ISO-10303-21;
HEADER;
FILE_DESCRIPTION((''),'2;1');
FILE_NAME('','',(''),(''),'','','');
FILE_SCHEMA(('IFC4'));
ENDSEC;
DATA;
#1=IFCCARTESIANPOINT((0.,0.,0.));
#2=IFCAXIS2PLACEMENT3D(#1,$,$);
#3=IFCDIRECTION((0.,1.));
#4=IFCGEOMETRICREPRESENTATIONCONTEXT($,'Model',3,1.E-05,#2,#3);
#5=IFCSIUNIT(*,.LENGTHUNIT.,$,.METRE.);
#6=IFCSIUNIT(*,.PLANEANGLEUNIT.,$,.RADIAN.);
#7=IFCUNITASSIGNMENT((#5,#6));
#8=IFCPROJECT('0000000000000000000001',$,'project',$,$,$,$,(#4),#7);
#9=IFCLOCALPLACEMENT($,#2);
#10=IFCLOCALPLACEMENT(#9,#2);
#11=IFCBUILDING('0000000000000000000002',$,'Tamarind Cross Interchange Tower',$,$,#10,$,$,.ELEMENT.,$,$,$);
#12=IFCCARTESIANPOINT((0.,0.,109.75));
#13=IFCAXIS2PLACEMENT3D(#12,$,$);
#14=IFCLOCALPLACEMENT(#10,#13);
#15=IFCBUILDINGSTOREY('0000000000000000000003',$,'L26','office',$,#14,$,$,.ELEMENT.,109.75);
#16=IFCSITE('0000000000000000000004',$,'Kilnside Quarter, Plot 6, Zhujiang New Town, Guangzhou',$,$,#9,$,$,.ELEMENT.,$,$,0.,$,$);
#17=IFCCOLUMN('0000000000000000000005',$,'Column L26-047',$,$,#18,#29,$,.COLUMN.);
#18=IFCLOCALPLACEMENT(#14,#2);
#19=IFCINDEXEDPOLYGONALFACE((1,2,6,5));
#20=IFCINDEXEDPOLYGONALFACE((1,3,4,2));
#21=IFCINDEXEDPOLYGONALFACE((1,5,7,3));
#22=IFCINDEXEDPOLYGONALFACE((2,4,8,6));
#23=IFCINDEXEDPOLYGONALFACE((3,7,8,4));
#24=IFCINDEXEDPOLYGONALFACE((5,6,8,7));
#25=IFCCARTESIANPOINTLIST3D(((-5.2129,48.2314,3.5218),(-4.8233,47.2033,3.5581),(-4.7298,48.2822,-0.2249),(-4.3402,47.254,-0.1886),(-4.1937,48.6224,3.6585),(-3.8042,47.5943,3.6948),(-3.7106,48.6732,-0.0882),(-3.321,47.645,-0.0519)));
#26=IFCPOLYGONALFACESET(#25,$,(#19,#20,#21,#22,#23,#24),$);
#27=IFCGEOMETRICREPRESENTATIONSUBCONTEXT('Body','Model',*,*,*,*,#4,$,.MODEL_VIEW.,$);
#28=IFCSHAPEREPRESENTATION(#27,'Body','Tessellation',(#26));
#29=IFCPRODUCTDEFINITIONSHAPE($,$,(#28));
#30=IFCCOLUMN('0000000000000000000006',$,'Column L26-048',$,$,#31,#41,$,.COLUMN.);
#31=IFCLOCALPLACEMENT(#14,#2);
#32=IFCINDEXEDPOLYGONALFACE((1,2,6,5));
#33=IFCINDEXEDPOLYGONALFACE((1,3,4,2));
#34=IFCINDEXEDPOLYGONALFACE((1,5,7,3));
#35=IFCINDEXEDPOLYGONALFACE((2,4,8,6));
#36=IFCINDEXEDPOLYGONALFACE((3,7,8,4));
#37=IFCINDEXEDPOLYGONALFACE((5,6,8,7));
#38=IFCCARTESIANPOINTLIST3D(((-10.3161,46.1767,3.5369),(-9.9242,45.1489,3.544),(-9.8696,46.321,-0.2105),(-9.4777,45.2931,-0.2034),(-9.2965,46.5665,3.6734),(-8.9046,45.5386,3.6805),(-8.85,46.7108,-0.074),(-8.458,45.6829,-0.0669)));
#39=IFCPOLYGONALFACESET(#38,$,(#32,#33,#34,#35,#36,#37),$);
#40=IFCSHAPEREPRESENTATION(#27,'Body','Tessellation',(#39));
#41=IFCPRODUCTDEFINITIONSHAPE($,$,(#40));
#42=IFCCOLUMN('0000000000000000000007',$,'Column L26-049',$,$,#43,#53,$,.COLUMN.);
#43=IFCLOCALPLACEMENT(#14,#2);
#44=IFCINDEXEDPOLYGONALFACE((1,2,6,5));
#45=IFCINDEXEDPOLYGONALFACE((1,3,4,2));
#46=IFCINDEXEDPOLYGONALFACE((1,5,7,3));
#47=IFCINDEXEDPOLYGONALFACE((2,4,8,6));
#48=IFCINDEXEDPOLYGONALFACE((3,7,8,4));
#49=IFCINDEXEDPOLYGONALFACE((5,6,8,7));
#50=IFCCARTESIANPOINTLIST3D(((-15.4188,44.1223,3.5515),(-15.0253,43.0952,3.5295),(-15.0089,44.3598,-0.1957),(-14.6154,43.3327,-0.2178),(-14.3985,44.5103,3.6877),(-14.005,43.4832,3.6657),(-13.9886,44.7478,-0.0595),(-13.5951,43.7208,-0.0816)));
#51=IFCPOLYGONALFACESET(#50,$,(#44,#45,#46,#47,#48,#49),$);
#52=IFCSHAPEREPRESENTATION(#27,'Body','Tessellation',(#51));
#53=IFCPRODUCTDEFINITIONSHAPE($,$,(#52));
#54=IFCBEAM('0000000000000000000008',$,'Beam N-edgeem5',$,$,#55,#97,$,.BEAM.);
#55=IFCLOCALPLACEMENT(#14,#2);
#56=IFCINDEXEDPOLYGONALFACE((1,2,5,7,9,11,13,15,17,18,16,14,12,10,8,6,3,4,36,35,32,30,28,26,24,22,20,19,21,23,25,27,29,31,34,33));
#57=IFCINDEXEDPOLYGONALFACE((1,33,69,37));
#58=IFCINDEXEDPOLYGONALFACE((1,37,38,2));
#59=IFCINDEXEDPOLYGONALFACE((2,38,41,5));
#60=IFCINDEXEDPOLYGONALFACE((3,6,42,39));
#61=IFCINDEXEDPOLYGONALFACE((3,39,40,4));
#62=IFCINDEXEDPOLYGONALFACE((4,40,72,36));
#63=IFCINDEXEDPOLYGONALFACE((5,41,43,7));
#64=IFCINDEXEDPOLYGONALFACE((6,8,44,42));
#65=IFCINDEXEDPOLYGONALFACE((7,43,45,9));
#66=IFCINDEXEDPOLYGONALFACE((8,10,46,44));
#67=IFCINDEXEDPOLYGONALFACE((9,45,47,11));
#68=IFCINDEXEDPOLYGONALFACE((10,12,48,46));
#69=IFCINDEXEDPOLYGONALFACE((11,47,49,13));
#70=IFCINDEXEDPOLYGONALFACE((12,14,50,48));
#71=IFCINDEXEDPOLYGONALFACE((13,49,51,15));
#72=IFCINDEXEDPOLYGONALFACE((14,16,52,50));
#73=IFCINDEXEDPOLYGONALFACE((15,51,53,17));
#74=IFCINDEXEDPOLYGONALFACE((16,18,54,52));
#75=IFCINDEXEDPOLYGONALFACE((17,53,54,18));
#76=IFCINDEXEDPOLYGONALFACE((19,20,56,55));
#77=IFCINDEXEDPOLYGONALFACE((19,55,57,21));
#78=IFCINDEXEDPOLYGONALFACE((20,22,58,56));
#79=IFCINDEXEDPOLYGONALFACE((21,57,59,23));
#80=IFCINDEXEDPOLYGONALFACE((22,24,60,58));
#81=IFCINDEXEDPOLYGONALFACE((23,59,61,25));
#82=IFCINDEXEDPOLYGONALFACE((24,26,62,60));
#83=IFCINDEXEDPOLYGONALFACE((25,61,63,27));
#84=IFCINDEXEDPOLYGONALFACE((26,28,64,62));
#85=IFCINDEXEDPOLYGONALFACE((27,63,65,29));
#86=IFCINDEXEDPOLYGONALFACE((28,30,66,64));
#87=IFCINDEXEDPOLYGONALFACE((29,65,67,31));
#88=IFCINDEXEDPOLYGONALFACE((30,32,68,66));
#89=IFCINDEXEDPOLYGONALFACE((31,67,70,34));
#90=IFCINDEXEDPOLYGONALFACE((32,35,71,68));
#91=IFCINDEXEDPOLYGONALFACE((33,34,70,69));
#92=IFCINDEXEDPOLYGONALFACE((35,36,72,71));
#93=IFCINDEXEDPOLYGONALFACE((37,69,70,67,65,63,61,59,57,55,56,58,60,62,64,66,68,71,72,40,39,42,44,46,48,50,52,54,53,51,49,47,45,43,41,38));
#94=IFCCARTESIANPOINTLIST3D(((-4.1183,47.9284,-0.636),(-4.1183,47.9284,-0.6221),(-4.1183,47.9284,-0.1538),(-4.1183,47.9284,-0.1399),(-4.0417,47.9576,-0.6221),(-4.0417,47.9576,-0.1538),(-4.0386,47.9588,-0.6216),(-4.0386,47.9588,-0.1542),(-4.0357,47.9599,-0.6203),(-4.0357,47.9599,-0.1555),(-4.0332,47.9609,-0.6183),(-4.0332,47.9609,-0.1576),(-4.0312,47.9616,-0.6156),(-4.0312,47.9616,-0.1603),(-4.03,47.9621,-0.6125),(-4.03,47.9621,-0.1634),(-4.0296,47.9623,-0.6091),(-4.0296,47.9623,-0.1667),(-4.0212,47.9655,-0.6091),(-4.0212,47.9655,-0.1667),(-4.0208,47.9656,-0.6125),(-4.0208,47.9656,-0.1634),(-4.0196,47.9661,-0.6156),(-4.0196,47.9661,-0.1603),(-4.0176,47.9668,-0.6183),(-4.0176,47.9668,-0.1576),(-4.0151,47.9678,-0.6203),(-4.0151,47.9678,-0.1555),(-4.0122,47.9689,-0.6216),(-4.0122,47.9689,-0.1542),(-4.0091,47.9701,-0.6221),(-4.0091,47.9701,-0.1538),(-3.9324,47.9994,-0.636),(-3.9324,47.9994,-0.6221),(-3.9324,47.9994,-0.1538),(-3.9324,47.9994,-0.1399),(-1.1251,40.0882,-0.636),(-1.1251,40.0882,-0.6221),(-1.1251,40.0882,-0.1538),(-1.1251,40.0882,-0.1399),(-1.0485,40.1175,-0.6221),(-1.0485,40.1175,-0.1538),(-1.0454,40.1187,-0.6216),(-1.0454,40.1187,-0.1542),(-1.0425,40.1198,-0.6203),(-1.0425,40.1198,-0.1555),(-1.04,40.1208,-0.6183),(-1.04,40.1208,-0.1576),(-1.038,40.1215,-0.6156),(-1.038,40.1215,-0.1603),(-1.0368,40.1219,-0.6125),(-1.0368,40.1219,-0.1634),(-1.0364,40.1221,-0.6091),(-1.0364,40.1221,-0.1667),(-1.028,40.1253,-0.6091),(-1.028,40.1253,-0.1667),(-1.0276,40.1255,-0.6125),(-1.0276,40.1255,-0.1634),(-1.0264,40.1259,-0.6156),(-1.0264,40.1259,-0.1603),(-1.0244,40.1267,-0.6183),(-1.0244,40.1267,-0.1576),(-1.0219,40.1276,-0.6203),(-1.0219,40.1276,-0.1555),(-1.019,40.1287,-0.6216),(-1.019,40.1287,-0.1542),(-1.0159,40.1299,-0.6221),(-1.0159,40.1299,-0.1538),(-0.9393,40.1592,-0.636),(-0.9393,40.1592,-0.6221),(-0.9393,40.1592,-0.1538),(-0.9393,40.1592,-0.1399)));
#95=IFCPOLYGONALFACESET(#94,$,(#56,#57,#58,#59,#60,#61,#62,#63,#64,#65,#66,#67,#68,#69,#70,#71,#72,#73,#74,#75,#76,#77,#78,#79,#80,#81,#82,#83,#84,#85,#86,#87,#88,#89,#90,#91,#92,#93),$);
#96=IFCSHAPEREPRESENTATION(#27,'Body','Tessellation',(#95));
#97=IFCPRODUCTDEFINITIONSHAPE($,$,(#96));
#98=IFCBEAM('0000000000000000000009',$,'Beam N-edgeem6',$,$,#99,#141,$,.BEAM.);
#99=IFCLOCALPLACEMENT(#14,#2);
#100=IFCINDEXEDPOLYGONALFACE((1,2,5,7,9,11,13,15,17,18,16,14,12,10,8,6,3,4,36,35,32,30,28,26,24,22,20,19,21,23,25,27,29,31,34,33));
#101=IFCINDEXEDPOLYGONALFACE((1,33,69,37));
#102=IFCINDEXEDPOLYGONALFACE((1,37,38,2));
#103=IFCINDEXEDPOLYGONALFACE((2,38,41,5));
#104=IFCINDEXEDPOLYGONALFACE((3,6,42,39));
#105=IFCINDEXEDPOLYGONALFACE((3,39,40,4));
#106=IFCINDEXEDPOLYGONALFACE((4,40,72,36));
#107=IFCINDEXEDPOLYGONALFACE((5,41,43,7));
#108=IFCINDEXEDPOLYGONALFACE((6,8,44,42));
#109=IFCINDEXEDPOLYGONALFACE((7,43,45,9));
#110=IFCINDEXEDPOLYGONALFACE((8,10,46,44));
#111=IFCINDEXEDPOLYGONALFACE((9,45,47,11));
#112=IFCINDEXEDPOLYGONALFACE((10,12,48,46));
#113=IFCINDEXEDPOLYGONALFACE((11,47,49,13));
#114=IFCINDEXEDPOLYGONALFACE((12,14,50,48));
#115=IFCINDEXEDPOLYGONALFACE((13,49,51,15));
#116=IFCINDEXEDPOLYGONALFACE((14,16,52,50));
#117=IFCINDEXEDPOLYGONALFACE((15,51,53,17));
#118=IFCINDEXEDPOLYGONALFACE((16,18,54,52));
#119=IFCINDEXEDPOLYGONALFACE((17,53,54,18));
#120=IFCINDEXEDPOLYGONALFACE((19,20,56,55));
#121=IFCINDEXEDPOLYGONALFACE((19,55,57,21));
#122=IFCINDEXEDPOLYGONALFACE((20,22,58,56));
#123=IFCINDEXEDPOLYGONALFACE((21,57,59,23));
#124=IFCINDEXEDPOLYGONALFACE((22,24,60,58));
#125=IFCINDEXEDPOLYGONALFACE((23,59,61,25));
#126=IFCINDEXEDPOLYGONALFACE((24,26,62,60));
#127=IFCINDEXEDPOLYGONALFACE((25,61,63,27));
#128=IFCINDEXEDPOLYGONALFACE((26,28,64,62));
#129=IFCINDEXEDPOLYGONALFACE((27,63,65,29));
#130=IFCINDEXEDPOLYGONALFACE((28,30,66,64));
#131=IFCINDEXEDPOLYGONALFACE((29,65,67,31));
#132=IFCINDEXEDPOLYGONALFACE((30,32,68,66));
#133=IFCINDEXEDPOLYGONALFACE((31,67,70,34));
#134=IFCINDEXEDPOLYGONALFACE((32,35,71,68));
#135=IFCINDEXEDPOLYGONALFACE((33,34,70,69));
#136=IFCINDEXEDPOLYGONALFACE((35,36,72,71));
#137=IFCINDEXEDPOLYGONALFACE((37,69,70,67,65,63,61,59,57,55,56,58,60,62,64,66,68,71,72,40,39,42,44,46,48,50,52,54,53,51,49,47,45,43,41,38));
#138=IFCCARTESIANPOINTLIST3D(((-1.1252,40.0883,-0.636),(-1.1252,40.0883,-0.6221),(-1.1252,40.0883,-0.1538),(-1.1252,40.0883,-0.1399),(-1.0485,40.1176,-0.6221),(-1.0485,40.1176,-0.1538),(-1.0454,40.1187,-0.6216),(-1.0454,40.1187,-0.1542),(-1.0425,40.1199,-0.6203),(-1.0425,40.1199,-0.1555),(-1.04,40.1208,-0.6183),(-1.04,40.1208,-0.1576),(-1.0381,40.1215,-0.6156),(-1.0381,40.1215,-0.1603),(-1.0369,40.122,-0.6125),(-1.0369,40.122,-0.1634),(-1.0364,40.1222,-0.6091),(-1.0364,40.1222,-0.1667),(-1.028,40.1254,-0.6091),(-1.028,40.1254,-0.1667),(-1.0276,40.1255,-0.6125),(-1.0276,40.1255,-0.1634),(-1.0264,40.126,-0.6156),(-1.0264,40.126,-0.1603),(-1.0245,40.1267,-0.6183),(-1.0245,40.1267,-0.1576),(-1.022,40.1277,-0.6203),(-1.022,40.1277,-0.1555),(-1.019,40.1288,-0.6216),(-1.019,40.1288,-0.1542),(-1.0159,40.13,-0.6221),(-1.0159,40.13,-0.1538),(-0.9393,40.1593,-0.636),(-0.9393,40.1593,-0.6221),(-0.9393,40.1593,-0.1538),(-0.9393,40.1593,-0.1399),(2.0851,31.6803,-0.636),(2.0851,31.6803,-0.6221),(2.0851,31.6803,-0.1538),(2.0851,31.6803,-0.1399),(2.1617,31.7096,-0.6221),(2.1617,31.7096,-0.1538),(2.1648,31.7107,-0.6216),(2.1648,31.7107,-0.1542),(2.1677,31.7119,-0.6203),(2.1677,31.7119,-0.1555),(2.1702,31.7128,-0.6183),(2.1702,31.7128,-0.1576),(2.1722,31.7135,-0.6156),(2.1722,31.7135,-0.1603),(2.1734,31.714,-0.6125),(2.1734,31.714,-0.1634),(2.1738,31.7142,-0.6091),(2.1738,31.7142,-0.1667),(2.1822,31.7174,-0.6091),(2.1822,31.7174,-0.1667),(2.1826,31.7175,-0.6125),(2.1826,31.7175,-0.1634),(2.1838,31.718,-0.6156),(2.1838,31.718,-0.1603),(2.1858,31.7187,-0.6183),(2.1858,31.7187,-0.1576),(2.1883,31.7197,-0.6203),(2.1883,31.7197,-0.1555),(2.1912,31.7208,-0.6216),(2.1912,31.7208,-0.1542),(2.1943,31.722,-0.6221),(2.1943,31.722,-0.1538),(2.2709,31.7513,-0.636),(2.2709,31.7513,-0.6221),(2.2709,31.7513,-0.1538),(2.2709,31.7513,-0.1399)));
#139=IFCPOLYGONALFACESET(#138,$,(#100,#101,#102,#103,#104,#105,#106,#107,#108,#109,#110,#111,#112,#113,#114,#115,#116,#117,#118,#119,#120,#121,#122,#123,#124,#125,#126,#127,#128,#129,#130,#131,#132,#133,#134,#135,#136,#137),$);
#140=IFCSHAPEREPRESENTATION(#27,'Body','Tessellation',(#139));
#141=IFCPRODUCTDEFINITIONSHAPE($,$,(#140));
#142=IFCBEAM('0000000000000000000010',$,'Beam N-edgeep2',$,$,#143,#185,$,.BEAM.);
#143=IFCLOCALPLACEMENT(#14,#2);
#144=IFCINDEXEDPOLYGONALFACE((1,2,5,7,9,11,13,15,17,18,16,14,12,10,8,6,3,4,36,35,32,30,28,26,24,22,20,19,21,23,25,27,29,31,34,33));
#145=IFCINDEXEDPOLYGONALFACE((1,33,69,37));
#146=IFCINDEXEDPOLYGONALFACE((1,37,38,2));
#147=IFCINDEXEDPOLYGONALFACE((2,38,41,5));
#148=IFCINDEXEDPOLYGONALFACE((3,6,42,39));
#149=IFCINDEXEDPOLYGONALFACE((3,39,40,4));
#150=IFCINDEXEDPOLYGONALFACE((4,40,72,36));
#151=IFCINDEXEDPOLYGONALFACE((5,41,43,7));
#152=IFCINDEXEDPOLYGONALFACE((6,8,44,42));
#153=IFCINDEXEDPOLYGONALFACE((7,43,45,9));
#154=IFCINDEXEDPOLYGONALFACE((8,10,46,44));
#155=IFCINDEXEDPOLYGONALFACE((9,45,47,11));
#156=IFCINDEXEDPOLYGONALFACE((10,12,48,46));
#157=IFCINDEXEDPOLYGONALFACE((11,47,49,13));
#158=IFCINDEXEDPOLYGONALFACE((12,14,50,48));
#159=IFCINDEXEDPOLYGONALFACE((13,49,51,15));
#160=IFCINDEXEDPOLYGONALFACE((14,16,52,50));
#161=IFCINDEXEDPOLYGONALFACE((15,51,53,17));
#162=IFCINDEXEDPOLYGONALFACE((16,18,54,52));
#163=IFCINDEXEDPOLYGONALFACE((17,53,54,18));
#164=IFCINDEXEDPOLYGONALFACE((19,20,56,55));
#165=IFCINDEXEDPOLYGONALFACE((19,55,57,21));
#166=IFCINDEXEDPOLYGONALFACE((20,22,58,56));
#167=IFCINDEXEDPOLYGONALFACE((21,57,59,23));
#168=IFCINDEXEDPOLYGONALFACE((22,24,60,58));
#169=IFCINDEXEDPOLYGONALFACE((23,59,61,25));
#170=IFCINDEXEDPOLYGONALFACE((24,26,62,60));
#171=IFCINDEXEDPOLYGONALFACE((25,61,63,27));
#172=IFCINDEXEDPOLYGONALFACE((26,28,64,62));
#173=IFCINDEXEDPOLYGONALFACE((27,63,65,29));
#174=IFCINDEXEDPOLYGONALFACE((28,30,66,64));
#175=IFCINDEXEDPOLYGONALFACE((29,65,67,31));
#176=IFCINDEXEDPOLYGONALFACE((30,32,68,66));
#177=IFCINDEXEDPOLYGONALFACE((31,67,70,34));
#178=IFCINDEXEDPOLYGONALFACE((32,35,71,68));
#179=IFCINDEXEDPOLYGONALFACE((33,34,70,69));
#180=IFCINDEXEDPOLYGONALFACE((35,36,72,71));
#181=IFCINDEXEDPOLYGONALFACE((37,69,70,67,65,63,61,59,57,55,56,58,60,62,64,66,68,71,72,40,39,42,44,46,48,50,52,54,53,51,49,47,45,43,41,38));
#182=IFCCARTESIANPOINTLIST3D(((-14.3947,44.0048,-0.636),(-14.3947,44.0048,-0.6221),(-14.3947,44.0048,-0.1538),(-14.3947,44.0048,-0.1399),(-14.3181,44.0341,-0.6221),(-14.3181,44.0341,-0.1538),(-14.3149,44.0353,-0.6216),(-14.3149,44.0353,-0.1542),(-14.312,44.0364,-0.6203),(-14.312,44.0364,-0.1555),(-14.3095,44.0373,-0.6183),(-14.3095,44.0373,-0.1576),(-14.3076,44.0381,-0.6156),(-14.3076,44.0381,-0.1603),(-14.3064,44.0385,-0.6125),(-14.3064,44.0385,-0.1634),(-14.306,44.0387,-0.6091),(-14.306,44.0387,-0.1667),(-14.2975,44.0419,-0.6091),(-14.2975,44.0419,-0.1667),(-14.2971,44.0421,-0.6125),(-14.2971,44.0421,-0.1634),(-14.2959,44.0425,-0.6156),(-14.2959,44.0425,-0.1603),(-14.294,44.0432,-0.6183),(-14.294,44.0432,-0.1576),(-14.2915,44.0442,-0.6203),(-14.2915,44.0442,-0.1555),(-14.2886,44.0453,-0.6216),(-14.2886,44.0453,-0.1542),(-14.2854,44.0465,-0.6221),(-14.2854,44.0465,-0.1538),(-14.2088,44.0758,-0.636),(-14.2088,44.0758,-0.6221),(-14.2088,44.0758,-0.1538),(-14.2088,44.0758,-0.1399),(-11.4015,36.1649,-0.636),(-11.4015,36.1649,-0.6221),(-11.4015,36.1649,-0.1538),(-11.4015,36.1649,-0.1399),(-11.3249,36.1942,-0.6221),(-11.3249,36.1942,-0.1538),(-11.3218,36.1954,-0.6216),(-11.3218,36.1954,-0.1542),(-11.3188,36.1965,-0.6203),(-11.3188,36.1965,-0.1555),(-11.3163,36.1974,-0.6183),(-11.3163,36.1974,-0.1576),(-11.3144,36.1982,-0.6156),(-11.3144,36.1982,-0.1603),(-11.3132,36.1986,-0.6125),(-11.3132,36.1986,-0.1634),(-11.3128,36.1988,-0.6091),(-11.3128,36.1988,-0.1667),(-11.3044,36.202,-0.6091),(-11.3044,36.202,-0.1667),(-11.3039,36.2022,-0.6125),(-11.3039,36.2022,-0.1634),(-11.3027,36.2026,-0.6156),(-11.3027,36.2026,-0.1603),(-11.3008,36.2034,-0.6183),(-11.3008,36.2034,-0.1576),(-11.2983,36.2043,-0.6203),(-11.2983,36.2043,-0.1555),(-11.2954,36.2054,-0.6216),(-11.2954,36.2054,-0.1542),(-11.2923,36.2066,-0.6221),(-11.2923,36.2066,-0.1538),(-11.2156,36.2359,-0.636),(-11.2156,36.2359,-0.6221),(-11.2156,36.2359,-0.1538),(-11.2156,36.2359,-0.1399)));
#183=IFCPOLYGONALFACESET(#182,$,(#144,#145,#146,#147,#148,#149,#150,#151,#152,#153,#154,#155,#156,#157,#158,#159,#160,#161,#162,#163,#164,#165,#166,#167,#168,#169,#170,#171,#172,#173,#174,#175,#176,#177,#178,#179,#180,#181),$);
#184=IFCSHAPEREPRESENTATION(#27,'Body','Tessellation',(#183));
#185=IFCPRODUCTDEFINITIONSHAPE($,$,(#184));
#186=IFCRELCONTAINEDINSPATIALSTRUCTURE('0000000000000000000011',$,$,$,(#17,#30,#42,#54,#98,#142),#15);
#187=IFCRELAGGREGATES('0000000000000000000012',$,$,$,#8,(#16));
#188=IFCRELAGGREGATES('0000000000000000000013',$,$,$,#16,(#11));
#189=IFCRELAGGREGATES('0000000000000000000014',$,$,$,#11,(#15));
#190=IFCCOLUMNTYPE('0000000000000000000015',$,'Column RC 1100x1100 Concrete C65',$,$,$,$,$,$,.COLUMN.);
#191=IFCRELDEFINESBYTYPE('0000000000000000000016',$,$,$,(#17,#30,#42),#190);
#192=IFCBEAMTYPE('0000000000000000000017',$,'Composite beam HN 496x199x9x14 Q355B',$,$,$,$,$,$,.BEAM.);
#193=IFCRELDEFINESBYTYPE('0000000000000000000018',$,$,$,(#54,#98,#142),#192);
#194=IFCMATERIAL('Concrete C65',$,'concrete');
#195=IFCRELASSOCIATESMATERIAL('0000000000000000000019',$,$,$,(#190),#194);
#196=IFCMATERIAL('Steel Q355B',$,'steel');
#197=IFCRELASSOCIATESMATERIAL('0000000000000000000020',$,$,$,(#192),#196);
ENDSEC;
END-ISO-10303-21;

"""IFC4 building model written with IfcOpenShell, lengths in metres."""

from ifc_helpers import new_model, si_unit, direction, frame, origin, origin_2d, place, context, subcontext, project, spatial, rectangle, i_section, extrude, material, material_profile, profile_set, type_object, element, save


model = new_model("IFC4")

# Units and contexts
model_context = context("Model", 3, precision=1e-05, world=origin(), true_north=direction((0.0, 1.0)))
body_context = subcontext(model_context, "Body", "Model", "MODEL_VIEW")
ifc_project = project(units=[si_unit("LENGTHUNIT", "METRE"), si_unit("PLANEANGLEUNIT", "RADIAN")], contexts=[model_context])

# Site, building, storey
site_placement = place(None, origin())
site = spatial("IfcSite", under=ifc_project, at=site_placement, Name="Kilnside Quarter, Plot 6, Zhujiang New Town, Guangzhou", CompositionType="ELEMENT", RefElevation=0.0)
building_placement = place(site_placement, origin())
building = spatial("IfcBuilding", under=site, at=building_placement, Name="Tamarind Cross Interchange Tower", CompositionType="ELEMENT")
storey_placement = place(building_placement, frame((0.0, 0.0, 109.75)))
storey = spatial("IfcBuildingStorey", under=building, at=storey_placement, Name="L26", Description="office", CompositionType="ELEMENT", Elevation=109.75)

# Columns
ifc_material_1 = material(Name="Concrete C65", Category="concrete")
ifc_material_profile_1 = material_profile(ifc_material_1, rectangle(XDim=1.1001, YDim=1.1001, at=origin_2d()), Name="RC 1100x1100")
ifc_profile_set_1 = profile_set([ifc_material_profile_1], Name="Concrete C65")
column_type = type_object("IfcColumnType", Name="Column RC 1100x1100 Concrete C65", PredefinedType="COLUMN", material=ifc_profile_set_1)
column_1_placement = place(storey_placement, frame((-4.0254, 47.9636, -0.1384), z_axis=(-0.12788, -0.013441, 0.991699), x_axis=(0.354131, -0.934613, 0.032998)))
element("IfcColumn", 1, at=column_1_placement, inside=storey, type_object=column_type, Name="Column L26-047", PredefinedType="COLUMN", context=body_context, shape_type="SweptSolid", body=[
    extrude(rectangle(XDim=1.1001, YDim=1.1001, at=origin_2d()), origin(), (0.0, 0.0, 1.0), 3.7781),
])
column_2_placement = place(storey_placement, frame((-9.1638, 46.002, -0.1387), z_axis=(-0.118237, -0.038206, 0.99225), x_axis=(0.356277, -0.934358, 0.006478)))
element("IfcColumn", 2, at=column_2_placement, inside=storey, type_object=column_type, Name="Column L26-048", PredefinedType="COLUMN", context=body_context, shape_type="SweptSolid", body=[
    extrude(rectangle(XDim=1.1001, YDim=1.1001, at=origin_2d()), origin(), (0.0, 0.0, 1.0), 3.7766),
])
column_3_placement = place(storey_placement, frame((-14.302, 44.0403, -0.1387), z_axis=(-0.108524, -0.062891, 0.992102), x_axis=(0.927499, 0.352725, 0.123817)))
element("IfcColumn", 3, at=column_3_placement, inside=storey, type_object=column_type, Name="Column L26-049", PredefinedType="COLUMN", context=body_context, shape_type="SweptSolid", body=[
    extrude(rectangle(XDim=1.1001, YDim=1.1001, at=origin_2d()), origin(), (0.0, 0.0, 1.0), 3.7771),
])

# Beams
ifc_material_2 = material(Name="Steel Q355B", Category="steel")
ifc_material_profile_2 = material_profile(ifc_material_2, i_section(OverallWidth=0.199, OverallDepth=0.4961, WebThickness=0.009, FlangeThickness=0.0139, FilletRadius=0.0129, at=origin_2d()), Name="HN 496x199x9x14")
ifc_profile_set_2 = profile_set([ifc_material_profile_2], Name="Steel Q355B")
beam_type_1 = type_object("IfcBeamType", Name="Composite beam HN 496x199x9x14 Q355B", PredefinedType="BEAM", material=ifc_profile_set_2)
beam_1_placement = place(storey_placement, frame((-4.0254, 47.9639, -0.3879), z_axis=(0.356668, -0.934231, 0.0), x_axis=(0.934231, 0.356668, 0.0)))
element("IfcBeam", 4, at=beam_1_placement, inside=storey, type_object=beam_type_1, Name="Beam N-edgeem5", PredefinedType="BEAM", context=body_context, shape_type="SweptSolid", body=[
    extrude(i_section(OverallWidth=0.199, OverallDepth=0.4961, WebThickness=0.009, FlangeThickness=0.0139, FilletRadius=0.0129, at=origin_2d()), origin(), (0.0, 0.0, 1.0), 8.3921),
])
beam_2_placement = place(storey_placement, frame((-1.0322, 40.1238, -0.3879), z_axis=(0.356691, -0.934222, 0.0), x_axis=(0.934222, 0.356691, 0.0)))
element("IfcBeam", 5, at=beam_2_placement, inside=storey, type_object=beam_type_1, Name="Beam N-edgeem6", PredefinedType="BEAM", context=body_context, shape_type="SweptSolid", body=[
    extrude(i_section(OverallWidth=0.199, OverallDepth=0.4961, WebThickness=0.009, FlangeThickness=0.0139, FilletRadius=0.0129, at=origin_2d()), origin(), (0.0, 0.0, 1.0), 9.0),
])
beam_3_placement = place(storey_placement, frame((-14.3018, 44.0403, -0.3879), z_axis=(0.356678, -0.934228, 0.0), x_axis=(0.934228, 0.356678, 0.0)))
element("IfcBeam", 6, at=beam_3_placement, inside=storey, type_object=beam_type_1, Name="Beam N-edgeep2", PredefinedType="BEAM", context=body_context, shape_type="SweptSolid", body=[
    extrude(i_section(OverallWidth=0.199, OverallDepth=0.4961, WebThickness=0.009, FlangeThickness=0.0139, FilletRadius=0.0129, at=origin_2d()), origin(), (0.0, 0.0, 1.0), 8.3918),
])

save(model, "model.ifc")
